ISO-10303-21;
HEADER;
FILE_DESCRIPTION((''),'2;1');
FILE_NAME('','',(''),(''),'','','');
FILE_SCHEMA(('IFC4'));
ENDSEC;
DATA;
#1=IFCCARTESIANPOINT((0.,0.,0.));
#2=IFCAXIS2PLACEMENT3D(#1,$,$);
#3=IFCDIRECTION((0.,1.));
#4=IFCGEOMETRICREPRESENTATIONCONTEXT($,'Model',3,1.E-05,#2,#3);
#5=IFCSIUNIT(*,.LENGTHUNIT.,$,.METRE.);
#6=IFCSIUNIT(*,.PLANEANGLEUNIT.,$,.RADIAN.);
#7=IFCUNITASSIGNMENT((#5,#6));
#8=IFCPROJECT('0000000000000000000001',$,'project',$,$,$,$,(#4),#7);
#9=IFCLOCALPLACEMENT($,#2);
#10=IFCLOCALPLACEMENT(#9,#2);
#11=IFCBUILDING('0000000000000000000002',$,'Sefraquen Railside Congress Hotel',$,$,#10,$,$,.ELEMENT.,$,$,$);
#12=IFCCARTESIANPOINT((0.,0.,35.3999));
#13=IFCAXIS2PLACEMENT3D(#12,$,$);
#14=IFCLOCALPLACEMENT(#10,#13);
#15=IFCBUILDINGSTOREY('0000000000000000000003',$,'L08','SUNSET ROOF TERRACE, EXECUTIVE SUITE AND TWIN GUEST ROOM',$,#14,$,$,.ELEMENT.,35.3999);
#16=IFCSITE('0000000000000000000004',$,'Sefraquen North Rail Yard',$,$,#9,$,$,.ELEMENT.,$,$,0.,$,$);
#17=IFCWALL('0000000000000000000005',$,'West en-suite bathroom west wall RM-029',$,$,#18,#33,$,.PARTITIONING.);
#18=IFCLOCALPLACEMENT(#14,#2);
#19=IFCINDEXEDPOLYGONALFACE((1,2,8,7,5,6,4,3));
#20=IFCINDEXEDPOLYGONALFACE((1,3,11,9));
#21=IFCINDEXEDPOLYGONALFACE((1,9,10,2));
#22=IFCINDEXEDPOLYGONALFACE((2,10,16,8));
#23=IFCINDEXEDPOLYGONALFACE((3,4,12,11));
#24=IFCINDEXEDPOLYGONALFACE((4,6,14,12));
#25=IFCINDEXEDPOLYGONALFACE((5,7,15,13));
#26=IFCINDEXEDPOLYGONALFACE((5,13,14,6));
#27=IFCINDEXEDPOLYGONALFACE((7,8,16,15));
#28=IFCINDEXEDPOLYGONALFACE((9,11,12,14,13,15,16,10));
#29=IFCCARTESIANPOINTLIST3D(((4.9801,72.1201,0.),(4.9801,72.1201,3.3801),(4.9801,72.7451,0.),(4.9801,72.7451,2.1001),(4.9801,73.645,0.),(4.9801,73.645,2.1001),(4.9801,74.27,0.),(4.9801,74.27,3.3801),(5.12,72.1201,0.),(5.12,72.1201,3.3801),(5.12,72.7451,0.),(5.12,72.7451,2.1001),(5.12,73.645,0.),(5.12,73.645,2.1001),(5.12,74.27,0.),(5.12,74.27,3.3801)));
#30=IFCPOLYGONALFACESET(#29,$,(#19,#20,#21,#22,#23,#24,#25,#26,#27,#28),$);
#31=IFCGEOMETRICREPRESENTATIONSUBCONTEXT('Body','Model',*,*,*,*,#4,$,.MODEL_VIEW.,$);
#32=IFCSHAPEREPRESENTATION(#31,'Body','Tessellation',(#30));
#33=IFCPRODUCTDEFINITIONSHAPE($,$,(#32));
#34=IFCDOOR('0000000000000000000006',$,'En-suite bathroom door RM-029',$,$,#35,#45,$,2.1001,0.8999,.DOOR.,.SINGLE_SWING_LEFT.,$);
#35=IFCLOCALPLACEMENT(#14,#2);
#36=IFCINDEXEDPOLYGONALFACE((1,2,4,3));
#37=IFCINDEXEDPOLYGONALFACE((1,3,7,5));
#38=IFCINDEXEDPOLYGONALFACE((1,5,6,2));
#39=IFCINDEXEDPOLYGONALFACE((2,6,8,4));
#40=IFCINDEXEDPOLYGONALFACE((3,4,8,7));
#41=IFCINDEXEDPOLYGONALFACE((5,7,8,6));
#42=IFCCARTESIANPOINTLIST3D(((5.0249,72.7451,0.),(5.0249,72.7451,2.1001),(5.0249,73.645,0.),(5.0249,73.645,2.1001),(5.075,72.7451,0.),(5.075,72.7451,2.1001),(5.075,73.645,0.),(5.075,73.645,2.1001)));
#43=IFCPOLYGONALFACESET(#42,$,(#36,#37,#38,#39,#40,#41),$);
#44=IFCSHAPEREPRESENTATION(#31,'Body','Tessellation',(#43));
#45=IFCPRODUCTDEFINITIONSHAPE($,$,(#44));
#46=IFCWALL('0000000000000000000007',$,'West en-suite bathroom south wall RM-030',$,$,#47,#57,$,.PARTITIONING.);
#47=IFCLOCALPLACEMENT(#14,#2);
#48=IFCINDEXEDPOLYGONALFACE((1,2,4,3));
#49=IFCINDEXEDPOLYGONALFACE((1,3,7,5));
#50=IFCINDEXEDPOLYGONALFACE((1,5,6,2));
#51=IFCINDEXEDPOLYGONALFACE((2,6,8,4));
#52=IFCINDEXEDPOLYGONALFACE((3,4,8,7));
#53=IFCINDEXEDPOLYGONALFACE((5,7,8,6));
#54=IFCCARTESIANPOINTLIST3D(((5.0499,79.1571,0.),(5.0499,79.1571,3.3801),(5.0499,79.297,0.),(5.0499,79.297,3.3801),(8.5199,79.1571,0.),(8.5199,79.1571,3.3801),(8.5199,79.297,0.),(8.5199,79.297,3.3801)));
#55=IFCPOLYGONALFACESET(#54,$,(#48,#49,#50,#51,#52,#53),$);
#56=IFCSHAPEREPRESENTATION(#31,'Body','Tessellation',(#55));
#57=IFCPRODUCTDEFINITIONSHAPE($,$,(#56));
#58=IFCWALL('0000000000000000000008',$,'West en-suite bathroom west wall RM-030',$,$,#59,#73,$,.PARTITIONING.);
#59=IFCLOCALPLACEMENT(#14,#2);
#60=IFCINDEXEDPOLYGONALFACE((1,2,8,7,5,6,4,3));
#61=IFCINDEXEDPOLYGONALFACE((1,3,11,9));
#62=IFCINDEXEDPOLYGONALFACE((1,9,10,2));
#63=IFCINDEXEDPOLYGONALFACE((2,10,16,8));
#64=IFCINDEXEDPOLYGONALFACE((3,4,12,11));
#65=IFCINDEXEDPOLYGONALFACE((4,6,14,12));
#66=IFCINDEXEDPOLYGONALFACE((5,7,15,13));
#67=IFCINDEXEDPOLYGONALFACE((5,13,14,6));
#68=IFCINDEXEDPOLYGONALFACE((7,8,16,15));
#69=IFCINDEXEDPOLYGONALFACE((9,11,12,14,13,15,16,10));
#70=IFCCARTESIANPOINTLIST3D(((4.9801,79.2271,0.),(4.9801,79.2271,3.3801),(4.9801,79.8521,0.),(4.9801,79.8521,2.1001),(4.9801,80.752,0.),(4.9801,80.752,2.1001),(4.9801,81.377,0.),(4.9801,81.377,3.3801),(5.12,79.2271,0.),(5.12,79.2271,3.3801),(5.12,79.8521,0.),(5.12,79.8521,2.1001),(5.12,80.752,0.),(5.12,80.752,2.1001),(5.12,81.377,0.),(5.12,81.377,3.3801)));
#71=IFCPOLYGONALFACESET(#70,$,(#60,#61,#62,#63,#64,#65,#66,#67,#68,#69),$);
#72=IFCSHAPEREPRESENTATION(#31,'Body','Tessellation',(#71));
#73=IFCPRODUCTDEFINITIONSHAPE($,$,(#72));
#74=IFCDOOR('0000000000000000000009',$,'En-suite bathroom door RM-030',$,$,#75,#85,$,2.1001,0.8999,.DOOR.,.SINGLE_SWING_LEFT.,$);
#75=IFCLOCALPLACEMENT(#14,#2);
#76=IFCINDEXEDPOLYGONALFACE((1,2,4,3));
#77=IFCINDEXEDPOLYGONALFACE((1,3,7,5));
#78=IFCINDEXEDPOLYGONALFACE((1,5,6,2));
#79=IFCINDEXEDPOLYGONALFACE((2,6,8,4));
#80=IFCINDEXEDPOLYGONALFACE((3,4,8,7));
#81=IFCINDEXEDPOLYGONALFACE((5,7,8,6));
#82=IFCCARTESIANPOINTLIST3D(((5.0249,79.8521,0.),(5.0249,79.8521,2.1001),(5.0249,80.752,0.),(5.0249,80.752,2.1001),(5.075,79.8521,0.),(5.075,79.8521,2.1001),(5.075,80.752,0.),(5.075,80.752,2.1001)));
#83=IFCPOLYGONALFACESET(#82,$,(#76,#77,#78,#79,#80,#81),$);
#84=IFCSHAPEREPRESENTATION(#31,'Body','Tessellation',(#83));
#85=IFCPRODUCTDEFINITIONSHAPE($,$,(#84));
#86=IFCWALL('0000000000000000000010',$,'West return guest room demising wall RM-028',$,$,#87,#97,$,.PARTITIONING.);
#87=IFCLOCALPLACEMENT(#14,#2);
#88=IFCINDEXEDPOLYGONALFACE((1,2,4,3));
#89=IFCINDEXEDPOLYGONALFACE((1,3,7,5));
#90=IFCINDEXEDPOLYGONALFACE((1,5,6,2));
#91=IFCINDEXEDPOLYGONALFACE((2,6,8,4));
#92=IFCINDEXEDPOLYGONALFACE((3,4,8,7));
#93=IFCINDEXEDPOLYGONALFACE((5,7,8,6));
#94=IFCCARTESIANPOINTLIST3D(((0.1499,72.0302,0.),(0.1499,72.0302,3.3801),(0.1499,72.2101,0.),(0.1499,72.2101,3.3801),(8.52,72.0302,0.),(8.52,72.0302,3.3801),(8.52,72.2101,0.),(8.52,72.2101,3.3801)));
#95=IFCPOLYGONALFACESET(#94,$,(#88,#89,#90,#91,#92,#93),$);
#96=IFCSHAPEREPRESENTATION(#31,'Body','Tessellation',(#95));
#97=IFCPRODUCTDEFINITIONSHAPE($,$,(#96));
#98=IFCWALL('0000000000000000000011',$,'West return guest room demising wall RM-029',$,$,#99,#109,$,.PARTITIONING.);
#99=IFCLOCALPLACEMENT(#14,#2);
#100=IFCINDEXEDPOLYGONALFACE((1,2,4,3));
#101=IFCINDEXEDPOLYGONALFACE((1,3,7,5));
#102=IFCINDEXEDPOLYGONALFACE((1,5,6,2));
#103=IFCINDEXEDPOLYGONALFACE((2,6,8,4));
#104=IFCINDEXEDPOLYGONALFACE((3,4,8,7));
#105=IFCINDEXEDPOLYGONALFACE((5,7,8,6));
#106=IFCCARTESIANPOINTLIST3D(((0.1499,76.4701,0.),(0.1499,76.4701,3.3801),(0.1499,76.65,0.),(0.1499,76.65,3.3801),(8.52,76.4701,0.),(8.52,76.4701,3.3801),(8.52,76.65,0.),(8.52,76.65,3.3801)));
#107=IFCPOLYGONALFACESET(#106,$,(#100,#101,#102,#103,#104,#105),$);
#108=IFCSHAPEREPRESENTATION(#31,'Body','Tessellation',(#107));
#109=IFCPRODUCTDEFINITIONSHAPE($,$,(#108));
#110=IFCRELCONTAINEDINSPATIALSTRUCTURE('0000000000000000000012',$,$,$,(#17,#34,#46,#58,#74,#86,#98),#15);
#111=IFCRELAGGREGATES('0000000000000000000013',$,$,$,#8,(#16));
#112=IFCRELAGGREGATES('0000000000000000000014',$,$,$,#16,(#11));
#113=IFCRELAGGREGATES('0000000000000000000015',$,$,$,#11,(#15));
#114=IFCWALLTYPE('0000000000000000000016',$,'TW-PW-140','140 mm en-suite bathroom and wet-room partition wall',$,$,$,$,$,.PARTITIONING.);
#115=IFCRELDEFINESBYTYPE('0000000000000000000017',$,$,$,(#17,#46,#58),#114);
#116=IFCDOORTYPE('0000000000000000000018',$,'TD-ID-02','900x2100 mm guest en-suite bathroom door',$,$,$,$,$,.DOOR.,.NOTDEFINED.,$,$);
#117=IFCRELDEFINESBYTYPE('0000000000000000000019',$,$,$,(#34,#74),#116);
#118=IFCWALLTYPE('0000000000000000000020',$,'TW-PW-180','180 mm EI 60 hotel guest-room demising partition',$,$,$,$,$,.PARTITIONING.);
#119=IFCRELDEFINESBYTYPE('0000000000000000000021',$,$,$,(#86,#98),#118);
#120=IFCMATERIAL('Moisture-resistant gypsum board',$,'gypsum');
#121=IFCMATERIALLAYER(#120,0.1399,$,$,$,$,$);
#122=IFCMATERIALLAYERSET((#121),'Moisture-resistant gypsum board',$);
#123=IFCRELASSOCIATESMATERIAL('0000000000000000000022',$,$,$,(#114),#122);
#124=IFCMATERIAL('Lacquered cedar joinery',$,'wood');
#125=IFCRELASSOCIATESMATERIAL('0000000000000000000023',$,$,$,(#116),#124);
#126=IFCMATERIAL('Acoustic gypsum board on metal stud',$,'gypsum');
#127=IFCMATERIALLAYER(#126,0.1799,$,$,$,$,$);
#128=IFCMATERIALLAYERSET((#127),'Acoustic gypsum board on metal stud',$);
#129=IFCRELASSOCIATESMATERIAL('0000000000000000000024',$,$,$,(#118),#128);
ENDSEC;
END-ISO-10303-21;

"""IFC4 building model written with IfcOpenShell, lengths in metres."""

from ifc_helpers import new_model, si_unit, direction, frame, frame_2d, origin, place, context, subcontext, project, spatial, rectangle, extrude, material, layer, layer_set, type_object, element, fill, save


model = new_model("IFC4")

# Units and contexts
model_context = context("Model", 3, precision=1e-05, world=origin(), true_north=direction((0.0, 1.0)))
body_context = subcontext(model_context, "Body", "Model", "MODEL_VIEW")
ifc_project = project(units=[si_unit("LENGTHUNIT", "METRE"), si_unit("PLANEANGLEUNIT", "RADIAN")], contexts=[model_context])

# Site, building, storey
site_placement = place(None, origin())
site = spatial("IfcSite", under=ifc_project, at=site_placement, Name="Sefraquen North Rail Yard", CompositionType="ELEMENT", RefElevation=0.0)
building_placement = place(site_placement, origin())
building = spatial("IfcBuilding", under=site, at=building_placement, Name="Sefraquen Railside Congress Hotel", CompositionType="ELEMENT")
storey_placement = place(building_placement, frame((0.0, 0.0, 35.3999)))
storey = spatial("IfcBuildingStorey", under=building, at=storey_placement, Name="L08", Description="SUNSET ROOF TERRACE, EXECUTIVE SUITE AND TWIN GUEST ROOM", CompositionType="ELEMENT", Elevation=35.3999)

# Shared definitions
ifc_material_1 = material(Name="Moisture-resistant gypsum board", Category="gypsum")
ifc_layer_1 = layer(ifc_material_1, 0.1399)
ifc_layer_set_1 = layer_set([ifc_layer_1], Name="Moisture-resistant gypsum board")
wall_type_1 = type_object("IfcWallType", Name="TW-PW-140", Description="140 mm en-suite bathroom and wet-room partition wall", PredefinedType="PARTITIONING", material=ifc_layer_set_1)

# Wall, opening, door
wall_1_placement = place(storey_placement, frame((5.05, 72.1201, 0.0), z_axis=(0.0, 0.0, 1.0), x_axis=(0.0, 1.0, 0.0)))
wall_1 = element("IfcWall", 1, at=wall_1_placement, inside=storey, type_object=wall_type_1, Name="West en-suite bathroom west wall RM-029", PredefinedType="PARTITIONING", context=body_context, shape_type="SweptSolid", body=[
    extrude(rectangle(XDim=2.1499, YDim=0.1399, at=frame_2d((1.075, 0.0))), origin(), (0.0, 0.0, 1.0), 3.3801),
])
opening_1_placement = place(wall_1_placement, frame((0.625, 0.0, 0.0)))
opening_1 = element("IfcOpeningElement", 2, at=opening_1_placement, cuts=wall_1, PredefinedType="OPENING", context=body_context, shape_type="SweptSolid", body=[
    extrude(rectangle(XDim=0.8999, YDim=2.1001, at=frame_2d((0.45, 1.05))), frame((0.0, 0.0798, 0.0), z_axis=(0.0, -1.0, 0.0), x_axis=(1.0, 0.0, 0.0)), (0.0, 0.0, 1.0), 0.1599),
])
ifc_material_2 = material(Name="Lacquered cedar joinery", Category="wood")
door_type = type_object("IfcDoorType", Name="TD-ID-02", Description="900x2100 mm guest en-suite bathroom door", OperationType="NOTDEFINED", PredefinedType="DOOR", material=ifc_material_2)
door_1_placement = place(opening_1_placement, frame((0.8999, 0.0, 0.0), z_axis=(0.0, 0.0, 1.0), x_axis=(-1.0, 0.0, 0.0)))
door_1 = element("IfcDoor", 3, at=door_1_placement, inside=storey, type_object=door_type, Name="En-suite bathroom door RM-029", OperationType="SINGLE_SWING_LEFT", OverallHeight=2.1001, OverallWidth=0.8999, PredefinedType="DOOR", context=body_context, shape_type="SweptSolid", body=[
    extrude(rectangle(XDim=0.8999, YDim=2.1001, at=frame_2d((0.45, 1.05))), frame((0.0, 0.0249, 0.0), z_axis=(0.0, -1.0, 0.0), x_axis=(1.0, 0.0, 0.0)), (0.0, 0.0, 1.0), 0.05),
])
fill(opening_1, door_1)

# Wall
wall_2_placement = place(storey_placement, frame((5.05, 79.2271, 0.0), z_axis=(0.0, 0.0, 1.0), x_axis=(1.0, 0.0, 0.0)))
element("IfcWall", 4, at=wall_2_placement, inside=storey, type_object=wall_type_1, Name="West en-suite bathroom south wall RM-030", PredefinedType="PARTITIONING", context=body_context, shape_type="SweptSolid", body=[
    extrude(rectangle(XDim=3.47, YDim=0.1399, at=frame_2d((1.7349, 0.0))), origin(), (0.0, 0.0, 1.0), 3.3801),
])

# Wall, opening, door
wall_3_placement = place(storey_placement, frame((5.05, 79.2271, 0.0), z_axis=(0.0, 0.0, 1.0), x_axis=(0.0, 1.0, 0.0)))
wall_3 = element("IfcWall", 5, at=wall_3_placement, inside=storey, type_object=wall_type_1, Name="West en-suite bathroom west wall RM-030", PredefinedType="PARTITIONING", context=body_context, shape_type="SweptSolid", body=[
    extrude(rectangle(XDim=2.1499, YDim=0.1399, at=frame_2d((1.075, 0.0))), origin(), (0.0, 0.0, 1.0), 3.3801),
])
opening_2_placement = place(wall_3_placement, frame((0.625, 0.0, 0.0)))
opening_2 = element("IfcOpeningElement", 6, at=opening_2_placement, cuts=wall_3, PredefinedType="OPENING", context=body_context, shape_type="SweptSolid", body=[
    extrude(rectangle(XDim=0.8999, YDim=2.1001, at=frame_2d((0.45, 1.05))), frame((0.0, 0.0798, 0.0), z_axis=(0.0, -1.0, 0.0), x_axis=(1.0, 0.0, 0.0)), (0.0, 0.0, 1.0), 0.1599),
])
door_2_placement = place(opening_2_placement, frame((0.8999, 0.0, 0.0), z_axis=(0.0, 0.0, 1.0), x_axis=(-1.0, 0.0, 0.0)))
door_2 = element("IfcDoor", 7, at=door_2_placement, inside=storey, type_object=door_type, Name="En-suite bathroom door RM-030", OperationType="SINGLE_SWING_LEFT", OverallHeight=2.1001, OverallWidth=0.8999, PredefinedType="DOOR", context=body_context, shape_type="SweptSolid", body=[
    extrude(rectangle(XDim=0.8999, YDim=2.1001, at=frame_2d((0.45, 1.05))), frame((0.0, 0.0249, 0.0), z_axis=(0.0, -1.0, 0.0), x_axis=(1.0, 0.0, 0.0)), (0.0, 0.0, 1.0), 0.05),
])
fill(opening_2, door_2)

# Walls
ifc_material_3 = material(Name="Acoustic gypsum board on metal stud", Category="gypsum")
ifc_layer_2 = layer(ifc_material_3, 0.1799)
ifc_layer_set_2 = layer_set([ifc_layer_2], Name="Acoustic gypsum board on metal stud")
wall_type_2 = type_object("IfcWallType", Name="TW-PW-180", Description="180 mm EI 60 hotel guest-room demising partition", PredefinedType="PARTITIONING", material=ifc_layer_set_2)
for number, where, z_axis, x_axis, name in (
    (8, (0.1499, 72.1201, 0.0), (0.0, 0.0, 1.0), (1.0, 0.0, 0.0), "West return guest room demising wall RM-028"),
    (9, (0.1499, 76.5601, 0.0), (0.0, 0.0, 1.0), (1.0, 0.0, 0.0), "West return guest room demising wall RM-029"),
):
    element("IfcWall", number, at=place(storey_placement, frame(where, z_axis=z_axis, x_axis=x_axis)), inside=storey, type_object=wall_type_2, Name=name, PredefinedType="PARTITIONING", context=body_context, shape_type="SweptSolid", body=[
        extrude(rectangle(XDim=8.3701, YDim=0.1799, at=frame_2d((4.1851, 0.0))), origin(), (0.0, 0.0, 1.0), 3.3801),
    ])

save(model, "model.ifc")
